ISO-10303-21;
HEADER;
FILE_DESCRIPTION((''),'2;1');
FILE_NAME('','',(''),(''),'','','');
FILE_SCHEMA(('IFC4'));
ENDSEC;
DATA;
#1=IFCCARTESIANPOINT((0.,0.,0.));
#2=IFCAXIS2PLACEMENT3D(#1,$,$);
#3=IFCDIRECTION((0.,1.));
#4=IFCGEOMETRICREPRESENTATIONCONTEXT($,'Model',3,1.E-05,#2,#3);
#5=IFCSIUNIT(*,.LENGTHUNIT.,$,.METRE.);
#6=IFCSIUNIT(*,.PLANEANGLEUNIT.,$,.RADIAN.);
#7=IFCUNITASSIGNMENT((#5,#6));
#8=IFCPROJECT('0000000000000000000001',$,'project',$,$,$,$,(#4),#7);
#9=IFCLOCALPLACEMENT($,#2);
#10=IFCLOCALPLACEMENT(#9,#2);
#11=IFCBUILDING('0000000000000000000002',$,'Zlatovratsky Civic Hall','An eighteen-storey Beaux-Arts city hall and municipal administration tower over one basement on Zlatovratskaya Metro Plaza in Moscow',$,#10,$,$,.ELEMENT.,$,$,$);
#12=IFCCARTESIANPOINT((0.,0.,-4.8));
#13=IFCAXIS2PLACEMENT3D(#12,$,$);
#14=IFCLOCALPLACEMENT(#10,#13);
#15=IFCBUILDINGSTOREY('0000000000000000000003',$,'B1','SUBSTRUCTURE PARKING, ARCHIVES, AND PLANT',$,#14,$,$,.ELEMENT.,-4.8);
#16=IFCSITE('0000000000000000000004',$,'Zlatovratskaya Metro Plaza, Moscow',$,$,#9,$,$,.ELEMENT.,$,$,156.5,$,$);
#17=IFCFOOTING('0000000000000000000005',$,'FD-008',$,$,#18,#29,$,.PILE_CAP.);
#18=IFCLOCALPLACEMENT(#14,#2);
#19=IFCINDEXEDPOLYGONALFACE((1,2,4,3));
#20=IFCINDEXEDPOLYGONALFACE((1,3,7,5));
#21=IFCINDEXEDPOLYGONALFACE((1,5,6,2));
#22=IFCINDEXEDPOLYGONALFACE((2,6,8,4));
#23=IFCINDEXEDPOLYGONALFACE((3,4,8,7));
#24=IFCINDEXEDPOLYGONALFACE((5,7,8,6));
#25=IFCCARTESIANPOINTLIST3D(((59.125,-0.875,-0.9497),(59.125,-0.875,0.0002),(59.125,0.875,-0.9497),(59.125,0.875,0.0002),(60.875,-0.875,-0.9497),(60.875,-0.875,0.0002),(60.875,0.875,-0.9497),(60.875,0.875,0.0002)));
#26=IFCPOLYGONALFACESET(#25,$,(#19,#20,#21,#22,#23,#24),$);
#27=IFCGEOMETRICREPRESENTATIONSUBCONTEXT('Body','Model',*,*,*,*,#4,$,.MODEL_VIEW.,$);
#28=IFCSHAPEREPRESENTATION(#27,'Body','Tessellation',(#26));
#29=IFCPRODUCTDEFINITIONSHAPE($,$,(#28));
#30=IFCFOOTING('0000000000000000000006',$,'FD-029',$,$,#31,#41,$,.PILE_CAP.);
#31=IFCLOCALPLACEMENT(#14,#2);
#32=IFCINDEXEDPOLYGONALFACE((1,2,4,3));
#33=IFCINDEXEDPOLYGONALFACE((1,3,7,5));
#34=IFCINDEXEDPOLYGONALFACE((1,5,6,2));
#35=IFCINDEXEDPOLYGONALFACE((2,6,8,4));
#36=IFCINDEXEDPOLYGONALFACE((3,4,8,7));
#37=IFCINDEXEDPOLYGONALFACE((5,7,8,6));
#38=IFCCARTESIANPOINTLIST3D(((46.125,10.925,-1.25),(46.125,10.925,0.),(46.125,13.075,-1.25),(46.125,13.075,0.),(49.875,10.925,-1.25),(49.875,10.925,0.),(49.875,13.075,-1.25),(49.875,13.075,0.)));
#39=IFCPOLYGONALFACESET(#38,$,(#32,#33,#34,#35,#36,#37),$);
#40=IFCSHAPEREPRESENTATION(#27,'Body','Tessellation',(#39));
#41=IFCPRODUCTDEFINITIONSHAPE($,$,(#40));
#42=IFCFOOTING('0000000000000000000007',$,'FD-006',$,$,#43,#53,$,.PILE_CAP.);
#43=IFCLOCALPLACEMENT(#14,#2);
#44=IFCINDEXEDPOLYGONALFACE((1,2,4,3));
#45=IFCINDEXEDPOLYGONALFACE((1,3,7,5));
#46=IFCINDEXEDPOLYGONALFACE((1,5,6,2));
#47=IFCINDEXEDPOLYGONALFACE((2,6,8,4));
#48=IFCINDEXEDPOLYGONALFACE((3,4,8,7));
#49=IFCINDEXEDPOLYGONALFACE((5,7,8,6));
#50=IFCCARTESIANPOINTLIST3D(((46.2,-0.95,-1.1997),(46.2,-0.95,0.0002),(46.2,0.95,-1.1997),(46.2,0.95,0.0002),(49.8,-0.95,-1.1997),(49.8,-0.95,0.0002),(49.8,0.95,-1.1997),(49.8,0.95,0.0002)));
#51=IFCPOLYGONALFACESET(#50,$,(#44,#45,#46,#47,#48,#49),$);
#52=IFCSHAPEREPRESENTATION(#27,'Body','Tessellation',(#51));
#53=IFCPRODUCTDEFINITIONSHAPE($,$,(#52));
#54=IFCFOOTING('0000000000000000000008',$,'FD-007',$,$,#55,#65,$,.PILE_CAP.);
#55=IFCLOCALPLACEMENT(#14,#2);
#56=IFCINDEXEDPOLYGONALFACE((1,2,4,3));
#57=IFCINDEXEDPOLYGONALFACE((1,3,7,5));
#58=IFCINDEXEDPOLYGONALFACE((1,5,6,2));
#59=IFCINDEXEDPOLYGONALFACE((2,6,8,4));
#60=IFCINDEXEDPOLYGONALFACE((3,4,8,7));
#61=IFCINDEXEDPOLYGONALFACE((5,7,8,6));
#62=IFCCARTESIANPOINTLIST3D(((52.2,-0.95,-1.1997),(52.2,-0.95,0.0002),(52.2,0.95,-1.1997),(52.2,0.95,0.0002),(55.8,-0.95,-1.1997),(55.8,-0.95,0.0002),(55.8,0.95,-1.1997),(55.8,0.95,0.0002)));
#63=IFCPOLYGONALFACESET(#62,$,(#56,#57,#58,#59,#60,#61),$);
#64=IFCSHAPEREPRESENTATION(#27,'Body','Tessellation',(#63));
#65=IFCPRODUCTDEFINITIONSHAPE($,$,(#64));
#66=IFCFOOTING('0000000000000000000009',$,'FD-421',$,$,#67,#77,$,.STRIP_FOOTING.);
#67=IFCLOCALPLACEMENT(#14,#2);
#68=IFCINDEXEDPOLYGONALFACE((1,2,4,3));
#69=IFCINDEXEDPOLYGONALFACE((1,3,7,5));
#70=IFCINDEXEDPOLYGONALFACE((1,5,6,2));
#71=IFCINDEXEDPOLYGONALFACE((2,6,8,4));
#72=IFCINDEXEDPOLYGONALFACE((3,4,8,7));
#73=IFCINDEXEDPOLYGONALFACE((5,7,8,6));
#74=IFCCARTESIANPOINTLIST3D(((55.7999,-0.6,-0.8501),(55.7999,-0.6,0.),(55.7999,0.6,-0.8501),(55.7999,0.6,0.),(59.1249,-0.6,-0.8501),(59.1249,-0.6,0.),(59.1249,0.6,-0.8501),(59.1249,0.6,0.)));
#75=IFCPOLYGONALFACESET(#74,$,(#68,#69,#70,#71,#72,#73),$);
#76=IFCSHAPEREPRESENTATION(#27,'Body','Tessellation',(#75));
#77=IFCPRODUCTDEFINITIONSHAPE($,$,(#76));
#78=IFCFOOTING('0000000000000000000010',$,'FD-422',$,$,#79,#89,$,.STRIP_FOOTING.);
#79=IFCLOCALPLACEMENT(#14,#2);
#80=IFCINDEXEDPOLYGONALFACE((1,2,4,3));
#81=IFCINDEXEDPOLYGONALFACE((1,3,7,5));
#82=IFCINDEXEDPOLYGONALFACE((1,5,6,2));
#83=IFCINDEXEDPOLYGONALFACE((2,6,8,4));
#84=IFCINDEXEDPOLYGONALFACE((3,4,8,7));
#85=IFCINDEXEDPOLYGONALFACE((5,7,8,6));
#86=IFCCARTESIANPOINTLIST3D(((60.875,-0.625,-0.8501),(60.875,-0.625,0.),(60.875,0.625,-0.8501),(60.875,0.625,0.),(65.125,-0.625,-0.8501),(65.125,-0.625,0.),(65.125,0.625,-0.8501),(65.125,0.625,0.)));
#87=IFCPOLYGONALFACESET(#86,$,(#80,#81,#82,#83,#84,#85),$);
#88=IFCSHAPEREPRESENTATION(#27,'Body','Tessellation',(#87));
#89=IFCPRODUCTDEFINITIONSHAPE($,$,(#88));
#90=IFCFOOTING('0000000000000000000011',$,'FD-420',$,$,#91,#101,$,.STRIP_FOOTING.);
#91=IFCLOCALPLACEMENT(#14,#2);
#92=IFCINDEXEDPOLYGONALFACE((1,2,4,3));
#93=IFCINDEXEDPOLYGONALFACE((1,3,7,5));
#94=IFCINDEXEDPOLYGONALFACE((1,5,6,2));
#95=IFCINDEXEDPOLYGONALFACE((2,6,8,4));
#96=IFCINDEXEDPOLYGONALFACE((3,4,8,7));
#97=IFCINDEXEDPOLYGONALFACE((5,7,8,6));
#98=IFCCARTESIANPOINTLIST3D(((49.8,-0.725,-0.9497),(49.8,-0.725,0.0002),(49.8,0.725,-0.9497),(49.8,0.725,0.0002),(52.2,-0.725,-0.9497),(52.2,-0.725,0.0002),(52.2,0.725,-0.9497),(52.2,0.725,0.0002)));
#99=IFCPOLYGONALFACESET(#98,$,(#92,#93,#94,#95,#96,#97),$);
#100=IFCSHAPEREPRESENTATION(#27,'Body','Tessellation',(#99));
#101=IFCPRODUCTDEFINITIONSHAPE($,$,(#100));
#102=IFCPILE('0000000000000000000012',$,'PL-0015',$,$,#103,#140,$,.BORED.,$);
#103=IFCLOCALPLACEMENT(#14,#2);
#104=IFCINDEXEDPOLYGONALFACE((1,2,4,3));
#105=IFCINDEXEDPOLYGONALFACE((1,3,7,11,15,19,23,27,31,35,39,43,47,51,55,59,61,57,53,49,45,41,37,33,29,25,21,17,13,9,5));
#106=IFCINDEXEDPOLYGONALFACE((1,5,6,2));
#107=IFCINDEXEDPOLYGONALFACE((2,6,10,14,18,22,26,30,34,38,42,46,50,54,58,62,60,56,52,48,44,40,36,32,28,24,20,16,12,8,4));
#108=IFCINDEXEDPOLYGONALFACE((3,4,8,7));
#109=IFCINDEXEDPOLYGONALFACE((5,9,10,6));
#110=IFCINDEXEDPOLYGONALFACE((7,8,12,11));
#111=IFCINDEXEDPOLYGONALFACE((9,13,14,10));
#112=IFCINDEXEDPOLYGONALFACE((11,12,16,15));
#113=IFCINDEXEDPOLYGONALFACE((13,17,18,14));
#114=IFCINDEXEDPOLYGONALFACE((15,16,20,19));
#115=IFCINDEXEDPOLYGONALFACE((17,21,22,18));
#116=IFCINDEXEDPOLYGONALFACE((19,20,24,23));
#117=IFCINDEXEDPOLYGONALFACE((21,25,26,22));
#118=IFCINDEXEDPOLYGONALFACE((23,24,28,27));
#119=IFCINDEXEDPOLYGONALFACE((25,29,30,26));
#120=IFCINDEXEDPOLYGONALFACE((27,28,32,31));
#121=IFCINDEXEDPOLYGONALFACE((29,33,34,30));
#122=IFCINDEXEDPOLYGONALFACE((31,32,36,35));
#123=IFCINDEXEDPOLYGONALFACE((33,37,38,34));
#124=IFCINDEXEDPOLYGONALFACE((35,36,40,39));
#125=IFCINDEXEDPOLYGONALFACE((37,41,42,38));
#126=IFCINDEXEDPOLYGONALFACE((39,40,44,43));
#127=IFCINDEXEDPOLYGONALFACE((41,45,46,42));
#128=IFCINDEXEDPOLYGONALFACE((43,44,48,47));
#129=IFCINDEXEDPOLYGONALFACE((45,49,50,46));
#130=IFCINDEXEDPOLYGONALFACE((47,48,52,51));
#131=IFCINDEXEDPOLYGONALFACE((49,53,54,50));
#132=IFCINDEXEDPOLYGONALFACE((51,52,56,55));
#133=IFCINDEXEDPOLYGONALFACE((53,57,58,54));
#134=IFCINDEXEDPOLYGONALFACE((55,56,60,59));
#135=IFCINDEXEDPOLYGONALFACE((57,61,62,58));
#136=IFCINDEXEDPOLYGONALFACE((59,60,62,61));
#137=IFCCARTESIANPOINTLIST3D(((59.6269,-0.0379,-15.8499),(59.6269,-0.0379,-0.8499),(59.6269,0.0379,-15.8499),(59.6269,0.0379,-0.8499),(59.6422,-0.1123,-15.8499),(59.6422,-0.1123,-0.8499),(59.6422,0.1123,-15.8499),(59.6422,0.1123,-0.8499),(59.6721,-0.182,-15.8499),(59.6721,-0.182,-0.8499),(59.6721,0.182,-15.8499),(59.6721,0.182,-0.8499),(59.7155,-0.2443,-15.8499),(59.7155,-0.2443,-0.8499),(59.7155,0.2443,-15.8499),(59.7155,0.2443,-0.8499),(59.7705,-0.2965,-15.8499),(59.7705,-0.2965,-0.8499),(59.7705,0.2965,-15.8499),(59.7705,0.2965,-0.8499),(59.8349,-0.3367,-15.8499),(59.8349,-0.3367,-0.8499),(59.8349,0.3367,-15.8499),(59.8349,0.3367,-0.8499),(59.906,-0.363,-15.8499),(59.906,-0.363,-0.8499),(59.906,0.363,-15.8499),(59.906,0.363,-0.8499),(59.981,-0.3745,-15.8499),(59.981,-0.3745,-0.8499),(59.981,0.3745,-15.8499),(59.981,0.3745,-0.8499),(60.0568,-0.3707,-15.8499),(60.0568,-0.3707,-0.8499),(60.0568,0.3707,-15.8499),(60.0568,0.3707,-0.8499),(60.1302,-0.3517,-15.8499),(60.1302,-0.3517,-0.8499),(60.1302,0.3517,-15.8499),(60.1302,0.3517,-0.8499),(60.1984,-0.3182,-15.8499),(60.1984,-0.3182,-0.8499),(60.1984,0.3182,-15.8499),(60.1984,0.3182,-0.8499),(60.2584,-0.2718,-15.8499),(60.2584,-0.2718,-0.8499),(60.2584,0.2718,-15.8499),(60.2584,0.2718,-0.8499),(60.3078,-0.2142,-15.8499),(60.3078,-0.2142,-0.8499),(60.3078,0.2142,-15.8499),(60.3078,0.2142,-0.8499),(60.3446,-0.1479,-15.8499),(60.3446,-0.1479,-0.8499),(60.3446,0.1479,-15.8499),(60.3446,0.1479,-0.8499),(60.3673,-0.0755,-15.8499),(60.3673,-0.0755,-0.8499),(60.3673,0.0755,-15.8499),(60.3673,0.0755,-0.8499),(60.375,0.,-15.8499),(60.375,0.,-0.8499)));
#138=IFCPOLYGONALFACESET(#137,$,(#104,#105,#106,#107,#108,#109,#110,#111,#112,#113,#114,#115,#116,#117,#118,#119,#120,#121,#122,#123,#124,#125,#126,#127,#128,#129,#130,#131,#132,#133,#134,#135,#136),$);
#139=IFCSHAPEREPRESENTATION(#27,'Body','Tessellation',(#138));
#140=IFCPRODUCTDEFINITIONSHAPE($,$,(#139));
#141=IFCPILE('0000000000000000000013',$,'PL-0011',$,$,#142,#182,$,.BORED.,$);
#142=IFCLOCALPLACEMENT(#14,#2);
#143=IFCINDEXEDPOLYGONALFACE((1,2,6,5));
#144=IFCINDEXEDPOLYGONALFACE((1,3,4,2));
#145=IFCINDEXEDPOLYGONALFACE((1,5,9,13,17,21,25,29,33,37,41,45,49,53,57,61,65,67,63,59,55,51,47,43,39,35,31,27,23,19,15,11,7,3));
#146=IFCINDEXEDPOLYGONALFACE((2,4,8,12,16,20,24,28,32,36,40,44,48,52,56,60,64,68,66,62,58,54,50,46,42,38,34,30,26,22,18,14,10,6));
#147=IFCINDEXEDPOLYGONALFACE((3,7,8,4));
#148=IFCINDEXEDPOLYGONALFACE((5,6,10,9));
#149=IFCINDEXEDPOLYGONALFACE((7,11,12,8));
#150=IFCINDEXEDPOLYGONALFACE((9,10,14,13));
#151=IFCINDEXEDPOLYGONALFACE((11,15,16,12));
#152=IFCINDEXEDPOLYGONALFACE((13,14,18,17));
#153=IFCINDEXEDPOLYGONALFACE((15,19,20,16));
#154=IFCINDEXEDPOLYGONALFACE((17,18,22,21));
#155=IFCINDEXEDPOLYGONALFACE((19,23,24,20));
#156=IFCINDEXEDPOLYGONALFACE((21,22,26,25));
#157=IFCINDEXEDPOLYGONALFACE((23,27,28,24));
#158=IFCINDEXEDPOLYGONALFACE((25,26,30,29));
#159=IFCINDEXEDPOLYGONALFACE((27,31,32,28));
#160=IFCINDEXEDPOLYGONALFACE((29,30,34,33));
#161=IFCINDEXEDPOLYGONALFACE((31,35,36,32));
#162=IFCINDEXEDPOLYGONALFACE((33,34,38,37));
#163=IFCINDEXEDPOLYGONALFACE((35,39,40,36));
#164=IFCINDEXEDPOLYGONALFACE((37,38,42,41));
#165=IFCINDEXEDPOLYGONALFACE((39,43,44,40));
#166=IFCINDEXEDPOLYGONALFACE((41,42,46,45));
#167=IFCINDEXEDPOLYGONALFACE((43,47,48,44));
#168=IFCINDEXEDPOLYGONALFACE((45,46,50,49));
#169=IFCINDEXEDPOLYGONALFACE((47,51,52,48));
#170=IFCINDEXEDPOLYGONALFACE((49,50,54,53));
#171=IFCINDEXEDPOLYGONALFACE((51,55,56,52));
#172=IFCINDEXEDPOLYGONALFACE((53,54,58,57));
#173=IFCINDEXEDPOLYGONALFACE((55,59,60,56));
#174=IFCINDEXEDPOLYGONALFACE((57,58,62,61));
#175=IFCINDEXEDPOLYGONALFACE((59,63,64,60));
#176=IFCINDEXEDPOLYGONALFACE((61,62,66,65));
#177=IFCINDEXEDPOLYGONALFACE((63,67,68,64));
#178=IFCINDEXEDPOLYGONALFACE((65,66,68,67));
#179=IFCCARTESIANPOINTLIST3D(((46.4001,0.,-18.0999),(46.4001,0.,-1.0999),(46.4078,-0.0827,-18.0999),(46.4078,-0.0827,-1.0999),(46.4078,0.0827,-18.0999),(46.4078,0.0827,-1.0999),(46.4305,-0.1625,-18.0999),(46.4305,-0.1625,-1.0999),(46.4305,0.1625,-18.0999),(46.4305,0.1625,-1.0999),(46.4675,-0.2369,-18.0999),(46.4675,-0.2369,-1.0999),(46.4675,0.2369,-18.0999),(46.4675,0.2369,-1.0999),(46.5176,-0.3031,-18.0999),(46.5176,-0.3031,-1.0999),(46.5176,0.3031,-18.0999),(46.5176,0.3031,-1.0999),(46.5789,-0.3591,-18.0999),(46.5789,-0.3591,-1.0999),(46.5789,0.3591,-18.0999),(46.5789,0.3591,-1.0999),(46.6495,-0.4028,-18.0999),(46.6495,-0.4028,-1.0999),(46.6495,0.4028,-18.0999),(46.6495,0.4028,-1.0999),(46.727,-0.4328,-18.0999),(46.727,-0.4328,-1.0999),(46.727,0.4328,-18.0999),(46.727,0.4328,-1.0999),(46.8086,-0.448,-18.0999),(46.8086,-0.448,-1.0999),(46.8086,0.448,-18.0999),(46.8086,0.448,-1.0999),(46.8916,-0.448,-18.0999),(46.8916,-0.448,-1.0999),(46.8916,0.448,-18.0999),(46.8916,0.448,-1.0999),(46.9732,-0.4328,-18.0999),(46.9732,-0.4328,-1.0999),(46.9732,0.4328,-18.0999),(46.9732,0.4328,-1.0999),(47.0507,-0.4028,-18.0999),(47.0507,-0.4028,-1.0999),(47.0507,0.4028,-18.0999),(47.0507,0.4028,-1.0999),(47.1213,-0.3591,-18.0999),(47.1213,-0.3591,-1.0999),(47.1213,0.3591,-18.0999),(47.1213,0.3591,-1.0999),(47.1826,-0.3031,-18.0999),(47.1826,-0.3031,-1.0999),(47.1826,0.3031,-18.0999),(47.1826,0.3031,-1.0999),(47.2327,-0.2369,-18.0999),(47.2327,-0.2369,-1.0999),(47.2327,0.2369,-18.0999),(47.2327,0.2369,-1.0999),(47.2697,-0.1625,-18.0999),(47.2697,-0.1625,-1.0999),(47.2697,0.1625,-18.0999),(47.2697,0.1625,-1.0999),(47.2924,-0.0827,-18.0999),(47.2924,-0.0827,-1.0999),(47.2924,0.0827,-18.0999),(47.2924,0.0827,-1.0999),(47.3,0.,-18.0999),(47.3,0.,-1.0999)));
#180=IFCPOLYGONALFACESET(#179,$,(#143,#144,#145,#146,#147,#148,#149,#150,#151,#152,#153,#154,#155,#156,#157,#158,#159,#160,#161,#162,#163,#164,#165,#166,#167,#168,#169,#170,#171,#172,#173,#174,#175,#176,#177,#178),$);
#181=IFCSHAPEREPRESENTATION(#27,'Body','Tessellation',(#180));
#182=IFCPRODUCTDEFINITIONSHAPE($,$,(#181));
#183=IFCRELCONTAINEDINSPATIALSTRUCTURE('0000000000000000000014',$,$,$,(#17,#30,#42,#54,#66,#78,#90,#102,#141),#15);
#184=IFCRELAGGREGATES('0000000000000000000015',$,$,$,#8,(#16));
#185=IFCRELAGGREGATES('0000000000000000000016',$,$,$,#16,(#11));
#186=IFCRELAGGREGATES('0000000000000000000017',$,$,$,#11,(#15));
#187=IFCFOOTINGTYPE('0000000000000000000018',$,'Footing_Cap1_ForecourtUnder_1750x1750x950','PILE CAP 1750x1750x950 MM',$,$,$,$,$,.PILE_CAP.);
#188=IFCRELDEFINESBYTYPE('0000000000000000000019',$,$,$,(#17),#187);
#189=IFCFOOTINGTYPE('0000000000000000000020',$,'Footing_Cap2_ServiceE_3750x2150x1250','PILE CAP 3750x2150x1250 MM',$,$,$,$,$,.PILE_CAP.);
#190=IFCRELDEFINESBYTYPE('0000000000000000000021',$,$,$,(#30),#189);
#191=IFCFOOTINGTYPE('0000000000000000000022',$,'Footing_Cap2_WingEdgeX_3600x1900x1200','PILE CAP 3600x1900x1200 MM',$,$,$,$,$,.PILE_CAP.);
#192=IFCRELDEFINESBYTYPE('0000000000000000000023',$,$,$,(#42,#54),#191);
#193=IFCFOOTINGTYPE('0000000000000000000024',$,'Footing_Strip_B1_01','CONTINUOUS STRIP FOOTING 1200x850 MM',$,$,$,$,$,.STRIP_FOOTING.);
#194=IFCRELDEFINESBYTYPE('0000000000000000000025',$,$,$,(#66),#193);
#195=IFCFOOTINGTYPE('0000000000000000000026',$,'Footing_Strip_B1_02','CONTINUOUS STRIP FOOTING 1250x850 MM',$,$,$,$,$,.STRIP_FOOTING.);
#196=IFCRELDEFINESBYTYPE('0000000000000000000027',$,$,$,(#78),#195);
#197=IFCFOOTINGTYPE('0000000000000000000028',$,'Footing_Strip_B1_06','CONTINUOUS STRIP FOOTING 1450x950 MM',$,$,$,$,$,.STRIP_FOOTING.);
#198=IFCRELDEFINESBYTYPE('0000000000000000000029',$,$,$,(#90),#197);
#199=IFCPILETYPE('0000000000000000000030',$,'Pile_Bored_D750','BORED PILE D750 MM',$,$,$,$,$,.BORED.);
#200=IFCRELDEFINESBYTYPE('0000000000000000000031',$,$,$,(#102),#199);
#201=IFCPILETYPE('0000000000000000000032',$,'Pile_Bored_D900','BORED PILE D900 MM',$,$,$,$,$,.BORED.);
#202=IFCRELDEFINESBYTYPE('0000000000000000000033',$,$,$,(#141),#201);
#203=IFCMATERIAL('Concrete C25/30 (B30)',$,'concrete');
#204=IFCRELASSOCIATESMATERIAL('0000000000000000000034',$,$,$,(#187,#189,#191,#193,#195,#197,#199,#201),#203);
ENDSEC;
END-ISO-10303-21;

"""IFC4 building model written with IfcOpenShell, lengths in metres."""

from ifc_helpers import new_model, si_unit, direction, frame, origin, origin_2d, place, context, subcontext, project, spatial, rectangle, circle, extrude, material, material_profile, profile_set, type_object, element, save


model = new_model("IFC4")

# Units and contexts
model_context = context("Model", 3, precision=1e-05, world=origin(), true_north=direction((0.0, 1.0)))
body_context = subcontext(model_context, "Body", "Model", "MODEL_VIEW")
ifc_project = project(units=[si_unit("LENGTHUNIT", "METRE"), si_unit("PLANEANGLEUNIT", "RADIAN")], contexts=[model_context])

# Site, building, storey
site_placement = place(None, origin())
site = spatial("IfcSite", under=ifc_project, at=site_placement, Name="Zlatovratskaya Metro Plaza, Moscow", CompositionType="ELEMENT", RefElevation=156.5)
building_placement = place(site_placement, origin())
building = spatial("IfcBuilding", under=site, at=building_placement, Name="Zlatovratsky Civic Hall", Description="An eighteen-storey Beaux-Arts city hall and municipal administration tower over one basement on Zlatovratskaya Metro Plaza in Moscow", CompositionType="ELEMENT")
storey_placement = place(building_placement, frame((0.0, 0.0, -4.8)))
storey = spatial("IfcBuildingStorey", under=building, at=storey_placement, Name="B1", Description="SUBSTRUCTURE PARKING, ARCHIVES, AND PLANT", CompositionType="ELEMENT", Elevation=-4.8)

# Footings
ifc_material_1 = material(Name="Concrete C25/30 (B30)", Category="concrete")
footing_type_1 = type_object("IfcFootingType", Name="Footing_Cap1_ForecourtUnder_1750x1750x950", Description="PILE CAP 1750x1750x950 MM", PredefinedType="PILE_CAP", material=ifc_material_1)
footing_1_placement = place(storey_placement, frame((60.0, 0.0, -0.9497), z_axis=(0.0, 0.0, 1.0), x_axis=(1.0, 0.0, 0.0)))
element("IfcFooting", 1, at=footing_1_placement, inside=storey, type_object=footing_type_1, Name="FD-008", PredefinedType="PILE_CAP", context=body_context, shape_type="SweptSolid", body=[
    extrude(rectangle(XDim=1.75, YDim=1.75, at=origin_2d()), origin(), (0.0, 0.0, 1.0), 0.95),
])
footing_type_2 = type_object("IfcFootingType", Name="Footing_Cap2_ServiceE_3750x2150x1250", Description="PILE CAP 3750x2150x1250 MM", PredefinedType="PILE_CAP", material=ifc_material_1)
footing_2_placement = place(storey_placement, frame((48.0, 12.0, -1.25), z_axis=(0.0, 0.0, 1.0), x_axis=(1.0, 0.0, 0.0)))
element("IfcFooting", 2, at=footing_2_placement, inside=storey, type_object=footing_type_2, Name="FD-029", PredefinedType="PILE_CAP", context=body_context, shape_type="SweptSolid", body=[
    extrude(rectangle(XDim=3.75, YDim=2.1499, at=origin_2d()), origin(), (0.0, 0.0, 1.0), 1.25),
])
footing_type_3 = type_object("IfcFootingType", Name="Footing_Cap2_WingEdgeX_3600x1900x1200", Description="PILE CAP 3600x1900x1200 MM", PredefinedType="PILE_CAP", material=ifc_material_1)
for number, where, z_axis, x_axis, name in (
    (3, (48.0, 0.0, -1.1997), (0.0, 0.0, 1.0), (1.0, 0.0, 0.0), "FD-006"),
    (4, (54.0, 0.0, -1.1997), (0.0, 0.0, 1.0), (1.0, 0.0, 0.0), "FD-007"),
):
    element("IfcFooting", number, at=place(storey_placement, frame(where, z_axis=z_axis, x_axis=x_axis)), inside=storey, type_object=footing_type_3, Name=name, PredefinedType="PILE_CAP", context=body_context, shape_type="SweptSolid", body=[
        extrude(rectangle(XDim=3.6001, YDim=1.8999, at=origin_2d()), origin(), (0.0, 0.0, 1.0), 1.2),
    ])
footing_type_4 = type_object("IfcFootingType", Name="Footing_Strip_B1_01", Description="CONTINUOUS STRIP FOOTING 1200x850 MM", PredefinedType="STRIP_FOOTING", material=ifc_material_1)
footing_3_placement = place(storey_placement, frame((57.4624, 0.0, -0.8501), z_axis=(0.0, 0.0, 1.0), x_axis=(1.0, 0.0, 0.0)))
element("IfcFooting", 5, at=footing_3_placement, inside=storey, type_object=footing_type_4, Name="FD-421", PredefinedType="STRIP_FOOTING", context=body_context, shape_type="SweptSolid", body=[
    extrude(rectangle(XDim=3.325, YDim=1.2, at=origin_2d()), origin(), (0.0, 0.0, 1.0), 0.8501),
])
footing_type_5 = type_object("IfcFootingType", Name="Footing_Strip_B1_02", Description="CONTINUOUS STRIP FOOTING 1250x850 MM", PredefinedType="STRIP_FOOTING", material=ifc_material_1)
footing_4_placement = place(storey_placement, frame((63.0, 0.0, -0.8501), z_axis=(0.0, 0.0, 1.0), x_axis=(1.0, 0.0, 0.0)))
element("IfcFooting", 6, at=footing_4_placement, inside=storey, type_object=footing_type_5, Name="FD-422", PredefinedType="STRIP_FOOTING", context=body_context, shape_type="SweptSolid", body=[
    extrude(rectangle(XDim=4.25, YDim=1.25, at=origin_2d()), origin(), (0.0, 0.0, 1.0), 0.8501),
])
footing_type_6 = type_object("IfcFootingType", Name="Footing_Strip_B1_06", Description="CONTINUOUS STRIP FOOTING 1450x950 MM", PredefinedType="STRIP_FOOTING", material=ifc_material_1)
footing_5_placement = place(storey_placement, frame((51.0, 0.0, -0.9497), z_axis=(0.0, 0.0, 1.0), x_axis=(1.0, 0.0, 0.0)))
element("IfcFooting", 7, at=footing_5_placement, inside=storey, type_object=footing_type_6, Name="FD-420", PredefinedType="STRIP_FOOTING", context=body_context, shape_type="SweptSolid", body=[
    extrude(rectangle(XDim=2.3999, YDim=1.45, at=origin_2d()), origin(), (0.0, 0.0, 1.0), 0.95),
])

# Piles
ifc_material_profile_1 = material_profile(ifc_material_1, circle(Radius=0.375, at=origin_2d()), Name="PILE D750")
ifc_profile_set_1 = profile_set([ifc_material_profile_1], Name="Concrete C25/30 (B30)")
pile_type_1 = type_object("IfcPileType", Name="Pile_Bored_D750", Description="BORED PILE D750 MM", PredefinedType="BORED", material=ifc_profile_set_1)
pile_placement = place(storey_placement, frame((60.0, 0.0, -0.8499), z_axis=(0.0, 0.0, -1.0), x_axis=(1.0, 0.0, 0.0)))
element("IfcPile", 8, at=pile_placement, inside=storey, type_object=pile_type_1, Name="PL-0015", PredefinedType="BORED", context=body_context, shape_type="SweptSolid", body=[
    extrude(circle(Radius=0.375, at=origin_2d()), origin(), (0.0, 0.0, 1.0), 15.0),
])
ifc_material_profile_2 = material_profile(ifc_material_1, circle(Radius=0.45, at=origin_2d()), Name="PILE D900")
ifc_profile_set_2 = profile_set([ifc_material_profile_2], Name="Concrete C25/30 (B30)")
pile_type_2 = type_object("IfcPileType", Name="Pile_Bored_D900", Description="BORED PILE D900 MM", PredefinedType="BORED", material=ifc_profile_set_2)
for number, where, z_axis, x_axis, name in (
    (9, (46.8501, 0.0, -1.0999), (0.0, 0.0, -1.0), (1.0, 0.0, 0.0), "PL-0011"),
):
    element("IfcPile", number, at=place(storey_placement, frame(where, z_axis=z_axis, x_axis=x_axis)), inside=storey, type_object=pile_type_2, Name=name, PredefinedType="BORED", context=body_context, shape_type="SweptSolid", body=[
        extrude(circle(Radius=0.45, at=origin_2d()), origin(), (0.0, 0.0, 1.0), 17.0),
    ])

save(model, "model.ifc")
